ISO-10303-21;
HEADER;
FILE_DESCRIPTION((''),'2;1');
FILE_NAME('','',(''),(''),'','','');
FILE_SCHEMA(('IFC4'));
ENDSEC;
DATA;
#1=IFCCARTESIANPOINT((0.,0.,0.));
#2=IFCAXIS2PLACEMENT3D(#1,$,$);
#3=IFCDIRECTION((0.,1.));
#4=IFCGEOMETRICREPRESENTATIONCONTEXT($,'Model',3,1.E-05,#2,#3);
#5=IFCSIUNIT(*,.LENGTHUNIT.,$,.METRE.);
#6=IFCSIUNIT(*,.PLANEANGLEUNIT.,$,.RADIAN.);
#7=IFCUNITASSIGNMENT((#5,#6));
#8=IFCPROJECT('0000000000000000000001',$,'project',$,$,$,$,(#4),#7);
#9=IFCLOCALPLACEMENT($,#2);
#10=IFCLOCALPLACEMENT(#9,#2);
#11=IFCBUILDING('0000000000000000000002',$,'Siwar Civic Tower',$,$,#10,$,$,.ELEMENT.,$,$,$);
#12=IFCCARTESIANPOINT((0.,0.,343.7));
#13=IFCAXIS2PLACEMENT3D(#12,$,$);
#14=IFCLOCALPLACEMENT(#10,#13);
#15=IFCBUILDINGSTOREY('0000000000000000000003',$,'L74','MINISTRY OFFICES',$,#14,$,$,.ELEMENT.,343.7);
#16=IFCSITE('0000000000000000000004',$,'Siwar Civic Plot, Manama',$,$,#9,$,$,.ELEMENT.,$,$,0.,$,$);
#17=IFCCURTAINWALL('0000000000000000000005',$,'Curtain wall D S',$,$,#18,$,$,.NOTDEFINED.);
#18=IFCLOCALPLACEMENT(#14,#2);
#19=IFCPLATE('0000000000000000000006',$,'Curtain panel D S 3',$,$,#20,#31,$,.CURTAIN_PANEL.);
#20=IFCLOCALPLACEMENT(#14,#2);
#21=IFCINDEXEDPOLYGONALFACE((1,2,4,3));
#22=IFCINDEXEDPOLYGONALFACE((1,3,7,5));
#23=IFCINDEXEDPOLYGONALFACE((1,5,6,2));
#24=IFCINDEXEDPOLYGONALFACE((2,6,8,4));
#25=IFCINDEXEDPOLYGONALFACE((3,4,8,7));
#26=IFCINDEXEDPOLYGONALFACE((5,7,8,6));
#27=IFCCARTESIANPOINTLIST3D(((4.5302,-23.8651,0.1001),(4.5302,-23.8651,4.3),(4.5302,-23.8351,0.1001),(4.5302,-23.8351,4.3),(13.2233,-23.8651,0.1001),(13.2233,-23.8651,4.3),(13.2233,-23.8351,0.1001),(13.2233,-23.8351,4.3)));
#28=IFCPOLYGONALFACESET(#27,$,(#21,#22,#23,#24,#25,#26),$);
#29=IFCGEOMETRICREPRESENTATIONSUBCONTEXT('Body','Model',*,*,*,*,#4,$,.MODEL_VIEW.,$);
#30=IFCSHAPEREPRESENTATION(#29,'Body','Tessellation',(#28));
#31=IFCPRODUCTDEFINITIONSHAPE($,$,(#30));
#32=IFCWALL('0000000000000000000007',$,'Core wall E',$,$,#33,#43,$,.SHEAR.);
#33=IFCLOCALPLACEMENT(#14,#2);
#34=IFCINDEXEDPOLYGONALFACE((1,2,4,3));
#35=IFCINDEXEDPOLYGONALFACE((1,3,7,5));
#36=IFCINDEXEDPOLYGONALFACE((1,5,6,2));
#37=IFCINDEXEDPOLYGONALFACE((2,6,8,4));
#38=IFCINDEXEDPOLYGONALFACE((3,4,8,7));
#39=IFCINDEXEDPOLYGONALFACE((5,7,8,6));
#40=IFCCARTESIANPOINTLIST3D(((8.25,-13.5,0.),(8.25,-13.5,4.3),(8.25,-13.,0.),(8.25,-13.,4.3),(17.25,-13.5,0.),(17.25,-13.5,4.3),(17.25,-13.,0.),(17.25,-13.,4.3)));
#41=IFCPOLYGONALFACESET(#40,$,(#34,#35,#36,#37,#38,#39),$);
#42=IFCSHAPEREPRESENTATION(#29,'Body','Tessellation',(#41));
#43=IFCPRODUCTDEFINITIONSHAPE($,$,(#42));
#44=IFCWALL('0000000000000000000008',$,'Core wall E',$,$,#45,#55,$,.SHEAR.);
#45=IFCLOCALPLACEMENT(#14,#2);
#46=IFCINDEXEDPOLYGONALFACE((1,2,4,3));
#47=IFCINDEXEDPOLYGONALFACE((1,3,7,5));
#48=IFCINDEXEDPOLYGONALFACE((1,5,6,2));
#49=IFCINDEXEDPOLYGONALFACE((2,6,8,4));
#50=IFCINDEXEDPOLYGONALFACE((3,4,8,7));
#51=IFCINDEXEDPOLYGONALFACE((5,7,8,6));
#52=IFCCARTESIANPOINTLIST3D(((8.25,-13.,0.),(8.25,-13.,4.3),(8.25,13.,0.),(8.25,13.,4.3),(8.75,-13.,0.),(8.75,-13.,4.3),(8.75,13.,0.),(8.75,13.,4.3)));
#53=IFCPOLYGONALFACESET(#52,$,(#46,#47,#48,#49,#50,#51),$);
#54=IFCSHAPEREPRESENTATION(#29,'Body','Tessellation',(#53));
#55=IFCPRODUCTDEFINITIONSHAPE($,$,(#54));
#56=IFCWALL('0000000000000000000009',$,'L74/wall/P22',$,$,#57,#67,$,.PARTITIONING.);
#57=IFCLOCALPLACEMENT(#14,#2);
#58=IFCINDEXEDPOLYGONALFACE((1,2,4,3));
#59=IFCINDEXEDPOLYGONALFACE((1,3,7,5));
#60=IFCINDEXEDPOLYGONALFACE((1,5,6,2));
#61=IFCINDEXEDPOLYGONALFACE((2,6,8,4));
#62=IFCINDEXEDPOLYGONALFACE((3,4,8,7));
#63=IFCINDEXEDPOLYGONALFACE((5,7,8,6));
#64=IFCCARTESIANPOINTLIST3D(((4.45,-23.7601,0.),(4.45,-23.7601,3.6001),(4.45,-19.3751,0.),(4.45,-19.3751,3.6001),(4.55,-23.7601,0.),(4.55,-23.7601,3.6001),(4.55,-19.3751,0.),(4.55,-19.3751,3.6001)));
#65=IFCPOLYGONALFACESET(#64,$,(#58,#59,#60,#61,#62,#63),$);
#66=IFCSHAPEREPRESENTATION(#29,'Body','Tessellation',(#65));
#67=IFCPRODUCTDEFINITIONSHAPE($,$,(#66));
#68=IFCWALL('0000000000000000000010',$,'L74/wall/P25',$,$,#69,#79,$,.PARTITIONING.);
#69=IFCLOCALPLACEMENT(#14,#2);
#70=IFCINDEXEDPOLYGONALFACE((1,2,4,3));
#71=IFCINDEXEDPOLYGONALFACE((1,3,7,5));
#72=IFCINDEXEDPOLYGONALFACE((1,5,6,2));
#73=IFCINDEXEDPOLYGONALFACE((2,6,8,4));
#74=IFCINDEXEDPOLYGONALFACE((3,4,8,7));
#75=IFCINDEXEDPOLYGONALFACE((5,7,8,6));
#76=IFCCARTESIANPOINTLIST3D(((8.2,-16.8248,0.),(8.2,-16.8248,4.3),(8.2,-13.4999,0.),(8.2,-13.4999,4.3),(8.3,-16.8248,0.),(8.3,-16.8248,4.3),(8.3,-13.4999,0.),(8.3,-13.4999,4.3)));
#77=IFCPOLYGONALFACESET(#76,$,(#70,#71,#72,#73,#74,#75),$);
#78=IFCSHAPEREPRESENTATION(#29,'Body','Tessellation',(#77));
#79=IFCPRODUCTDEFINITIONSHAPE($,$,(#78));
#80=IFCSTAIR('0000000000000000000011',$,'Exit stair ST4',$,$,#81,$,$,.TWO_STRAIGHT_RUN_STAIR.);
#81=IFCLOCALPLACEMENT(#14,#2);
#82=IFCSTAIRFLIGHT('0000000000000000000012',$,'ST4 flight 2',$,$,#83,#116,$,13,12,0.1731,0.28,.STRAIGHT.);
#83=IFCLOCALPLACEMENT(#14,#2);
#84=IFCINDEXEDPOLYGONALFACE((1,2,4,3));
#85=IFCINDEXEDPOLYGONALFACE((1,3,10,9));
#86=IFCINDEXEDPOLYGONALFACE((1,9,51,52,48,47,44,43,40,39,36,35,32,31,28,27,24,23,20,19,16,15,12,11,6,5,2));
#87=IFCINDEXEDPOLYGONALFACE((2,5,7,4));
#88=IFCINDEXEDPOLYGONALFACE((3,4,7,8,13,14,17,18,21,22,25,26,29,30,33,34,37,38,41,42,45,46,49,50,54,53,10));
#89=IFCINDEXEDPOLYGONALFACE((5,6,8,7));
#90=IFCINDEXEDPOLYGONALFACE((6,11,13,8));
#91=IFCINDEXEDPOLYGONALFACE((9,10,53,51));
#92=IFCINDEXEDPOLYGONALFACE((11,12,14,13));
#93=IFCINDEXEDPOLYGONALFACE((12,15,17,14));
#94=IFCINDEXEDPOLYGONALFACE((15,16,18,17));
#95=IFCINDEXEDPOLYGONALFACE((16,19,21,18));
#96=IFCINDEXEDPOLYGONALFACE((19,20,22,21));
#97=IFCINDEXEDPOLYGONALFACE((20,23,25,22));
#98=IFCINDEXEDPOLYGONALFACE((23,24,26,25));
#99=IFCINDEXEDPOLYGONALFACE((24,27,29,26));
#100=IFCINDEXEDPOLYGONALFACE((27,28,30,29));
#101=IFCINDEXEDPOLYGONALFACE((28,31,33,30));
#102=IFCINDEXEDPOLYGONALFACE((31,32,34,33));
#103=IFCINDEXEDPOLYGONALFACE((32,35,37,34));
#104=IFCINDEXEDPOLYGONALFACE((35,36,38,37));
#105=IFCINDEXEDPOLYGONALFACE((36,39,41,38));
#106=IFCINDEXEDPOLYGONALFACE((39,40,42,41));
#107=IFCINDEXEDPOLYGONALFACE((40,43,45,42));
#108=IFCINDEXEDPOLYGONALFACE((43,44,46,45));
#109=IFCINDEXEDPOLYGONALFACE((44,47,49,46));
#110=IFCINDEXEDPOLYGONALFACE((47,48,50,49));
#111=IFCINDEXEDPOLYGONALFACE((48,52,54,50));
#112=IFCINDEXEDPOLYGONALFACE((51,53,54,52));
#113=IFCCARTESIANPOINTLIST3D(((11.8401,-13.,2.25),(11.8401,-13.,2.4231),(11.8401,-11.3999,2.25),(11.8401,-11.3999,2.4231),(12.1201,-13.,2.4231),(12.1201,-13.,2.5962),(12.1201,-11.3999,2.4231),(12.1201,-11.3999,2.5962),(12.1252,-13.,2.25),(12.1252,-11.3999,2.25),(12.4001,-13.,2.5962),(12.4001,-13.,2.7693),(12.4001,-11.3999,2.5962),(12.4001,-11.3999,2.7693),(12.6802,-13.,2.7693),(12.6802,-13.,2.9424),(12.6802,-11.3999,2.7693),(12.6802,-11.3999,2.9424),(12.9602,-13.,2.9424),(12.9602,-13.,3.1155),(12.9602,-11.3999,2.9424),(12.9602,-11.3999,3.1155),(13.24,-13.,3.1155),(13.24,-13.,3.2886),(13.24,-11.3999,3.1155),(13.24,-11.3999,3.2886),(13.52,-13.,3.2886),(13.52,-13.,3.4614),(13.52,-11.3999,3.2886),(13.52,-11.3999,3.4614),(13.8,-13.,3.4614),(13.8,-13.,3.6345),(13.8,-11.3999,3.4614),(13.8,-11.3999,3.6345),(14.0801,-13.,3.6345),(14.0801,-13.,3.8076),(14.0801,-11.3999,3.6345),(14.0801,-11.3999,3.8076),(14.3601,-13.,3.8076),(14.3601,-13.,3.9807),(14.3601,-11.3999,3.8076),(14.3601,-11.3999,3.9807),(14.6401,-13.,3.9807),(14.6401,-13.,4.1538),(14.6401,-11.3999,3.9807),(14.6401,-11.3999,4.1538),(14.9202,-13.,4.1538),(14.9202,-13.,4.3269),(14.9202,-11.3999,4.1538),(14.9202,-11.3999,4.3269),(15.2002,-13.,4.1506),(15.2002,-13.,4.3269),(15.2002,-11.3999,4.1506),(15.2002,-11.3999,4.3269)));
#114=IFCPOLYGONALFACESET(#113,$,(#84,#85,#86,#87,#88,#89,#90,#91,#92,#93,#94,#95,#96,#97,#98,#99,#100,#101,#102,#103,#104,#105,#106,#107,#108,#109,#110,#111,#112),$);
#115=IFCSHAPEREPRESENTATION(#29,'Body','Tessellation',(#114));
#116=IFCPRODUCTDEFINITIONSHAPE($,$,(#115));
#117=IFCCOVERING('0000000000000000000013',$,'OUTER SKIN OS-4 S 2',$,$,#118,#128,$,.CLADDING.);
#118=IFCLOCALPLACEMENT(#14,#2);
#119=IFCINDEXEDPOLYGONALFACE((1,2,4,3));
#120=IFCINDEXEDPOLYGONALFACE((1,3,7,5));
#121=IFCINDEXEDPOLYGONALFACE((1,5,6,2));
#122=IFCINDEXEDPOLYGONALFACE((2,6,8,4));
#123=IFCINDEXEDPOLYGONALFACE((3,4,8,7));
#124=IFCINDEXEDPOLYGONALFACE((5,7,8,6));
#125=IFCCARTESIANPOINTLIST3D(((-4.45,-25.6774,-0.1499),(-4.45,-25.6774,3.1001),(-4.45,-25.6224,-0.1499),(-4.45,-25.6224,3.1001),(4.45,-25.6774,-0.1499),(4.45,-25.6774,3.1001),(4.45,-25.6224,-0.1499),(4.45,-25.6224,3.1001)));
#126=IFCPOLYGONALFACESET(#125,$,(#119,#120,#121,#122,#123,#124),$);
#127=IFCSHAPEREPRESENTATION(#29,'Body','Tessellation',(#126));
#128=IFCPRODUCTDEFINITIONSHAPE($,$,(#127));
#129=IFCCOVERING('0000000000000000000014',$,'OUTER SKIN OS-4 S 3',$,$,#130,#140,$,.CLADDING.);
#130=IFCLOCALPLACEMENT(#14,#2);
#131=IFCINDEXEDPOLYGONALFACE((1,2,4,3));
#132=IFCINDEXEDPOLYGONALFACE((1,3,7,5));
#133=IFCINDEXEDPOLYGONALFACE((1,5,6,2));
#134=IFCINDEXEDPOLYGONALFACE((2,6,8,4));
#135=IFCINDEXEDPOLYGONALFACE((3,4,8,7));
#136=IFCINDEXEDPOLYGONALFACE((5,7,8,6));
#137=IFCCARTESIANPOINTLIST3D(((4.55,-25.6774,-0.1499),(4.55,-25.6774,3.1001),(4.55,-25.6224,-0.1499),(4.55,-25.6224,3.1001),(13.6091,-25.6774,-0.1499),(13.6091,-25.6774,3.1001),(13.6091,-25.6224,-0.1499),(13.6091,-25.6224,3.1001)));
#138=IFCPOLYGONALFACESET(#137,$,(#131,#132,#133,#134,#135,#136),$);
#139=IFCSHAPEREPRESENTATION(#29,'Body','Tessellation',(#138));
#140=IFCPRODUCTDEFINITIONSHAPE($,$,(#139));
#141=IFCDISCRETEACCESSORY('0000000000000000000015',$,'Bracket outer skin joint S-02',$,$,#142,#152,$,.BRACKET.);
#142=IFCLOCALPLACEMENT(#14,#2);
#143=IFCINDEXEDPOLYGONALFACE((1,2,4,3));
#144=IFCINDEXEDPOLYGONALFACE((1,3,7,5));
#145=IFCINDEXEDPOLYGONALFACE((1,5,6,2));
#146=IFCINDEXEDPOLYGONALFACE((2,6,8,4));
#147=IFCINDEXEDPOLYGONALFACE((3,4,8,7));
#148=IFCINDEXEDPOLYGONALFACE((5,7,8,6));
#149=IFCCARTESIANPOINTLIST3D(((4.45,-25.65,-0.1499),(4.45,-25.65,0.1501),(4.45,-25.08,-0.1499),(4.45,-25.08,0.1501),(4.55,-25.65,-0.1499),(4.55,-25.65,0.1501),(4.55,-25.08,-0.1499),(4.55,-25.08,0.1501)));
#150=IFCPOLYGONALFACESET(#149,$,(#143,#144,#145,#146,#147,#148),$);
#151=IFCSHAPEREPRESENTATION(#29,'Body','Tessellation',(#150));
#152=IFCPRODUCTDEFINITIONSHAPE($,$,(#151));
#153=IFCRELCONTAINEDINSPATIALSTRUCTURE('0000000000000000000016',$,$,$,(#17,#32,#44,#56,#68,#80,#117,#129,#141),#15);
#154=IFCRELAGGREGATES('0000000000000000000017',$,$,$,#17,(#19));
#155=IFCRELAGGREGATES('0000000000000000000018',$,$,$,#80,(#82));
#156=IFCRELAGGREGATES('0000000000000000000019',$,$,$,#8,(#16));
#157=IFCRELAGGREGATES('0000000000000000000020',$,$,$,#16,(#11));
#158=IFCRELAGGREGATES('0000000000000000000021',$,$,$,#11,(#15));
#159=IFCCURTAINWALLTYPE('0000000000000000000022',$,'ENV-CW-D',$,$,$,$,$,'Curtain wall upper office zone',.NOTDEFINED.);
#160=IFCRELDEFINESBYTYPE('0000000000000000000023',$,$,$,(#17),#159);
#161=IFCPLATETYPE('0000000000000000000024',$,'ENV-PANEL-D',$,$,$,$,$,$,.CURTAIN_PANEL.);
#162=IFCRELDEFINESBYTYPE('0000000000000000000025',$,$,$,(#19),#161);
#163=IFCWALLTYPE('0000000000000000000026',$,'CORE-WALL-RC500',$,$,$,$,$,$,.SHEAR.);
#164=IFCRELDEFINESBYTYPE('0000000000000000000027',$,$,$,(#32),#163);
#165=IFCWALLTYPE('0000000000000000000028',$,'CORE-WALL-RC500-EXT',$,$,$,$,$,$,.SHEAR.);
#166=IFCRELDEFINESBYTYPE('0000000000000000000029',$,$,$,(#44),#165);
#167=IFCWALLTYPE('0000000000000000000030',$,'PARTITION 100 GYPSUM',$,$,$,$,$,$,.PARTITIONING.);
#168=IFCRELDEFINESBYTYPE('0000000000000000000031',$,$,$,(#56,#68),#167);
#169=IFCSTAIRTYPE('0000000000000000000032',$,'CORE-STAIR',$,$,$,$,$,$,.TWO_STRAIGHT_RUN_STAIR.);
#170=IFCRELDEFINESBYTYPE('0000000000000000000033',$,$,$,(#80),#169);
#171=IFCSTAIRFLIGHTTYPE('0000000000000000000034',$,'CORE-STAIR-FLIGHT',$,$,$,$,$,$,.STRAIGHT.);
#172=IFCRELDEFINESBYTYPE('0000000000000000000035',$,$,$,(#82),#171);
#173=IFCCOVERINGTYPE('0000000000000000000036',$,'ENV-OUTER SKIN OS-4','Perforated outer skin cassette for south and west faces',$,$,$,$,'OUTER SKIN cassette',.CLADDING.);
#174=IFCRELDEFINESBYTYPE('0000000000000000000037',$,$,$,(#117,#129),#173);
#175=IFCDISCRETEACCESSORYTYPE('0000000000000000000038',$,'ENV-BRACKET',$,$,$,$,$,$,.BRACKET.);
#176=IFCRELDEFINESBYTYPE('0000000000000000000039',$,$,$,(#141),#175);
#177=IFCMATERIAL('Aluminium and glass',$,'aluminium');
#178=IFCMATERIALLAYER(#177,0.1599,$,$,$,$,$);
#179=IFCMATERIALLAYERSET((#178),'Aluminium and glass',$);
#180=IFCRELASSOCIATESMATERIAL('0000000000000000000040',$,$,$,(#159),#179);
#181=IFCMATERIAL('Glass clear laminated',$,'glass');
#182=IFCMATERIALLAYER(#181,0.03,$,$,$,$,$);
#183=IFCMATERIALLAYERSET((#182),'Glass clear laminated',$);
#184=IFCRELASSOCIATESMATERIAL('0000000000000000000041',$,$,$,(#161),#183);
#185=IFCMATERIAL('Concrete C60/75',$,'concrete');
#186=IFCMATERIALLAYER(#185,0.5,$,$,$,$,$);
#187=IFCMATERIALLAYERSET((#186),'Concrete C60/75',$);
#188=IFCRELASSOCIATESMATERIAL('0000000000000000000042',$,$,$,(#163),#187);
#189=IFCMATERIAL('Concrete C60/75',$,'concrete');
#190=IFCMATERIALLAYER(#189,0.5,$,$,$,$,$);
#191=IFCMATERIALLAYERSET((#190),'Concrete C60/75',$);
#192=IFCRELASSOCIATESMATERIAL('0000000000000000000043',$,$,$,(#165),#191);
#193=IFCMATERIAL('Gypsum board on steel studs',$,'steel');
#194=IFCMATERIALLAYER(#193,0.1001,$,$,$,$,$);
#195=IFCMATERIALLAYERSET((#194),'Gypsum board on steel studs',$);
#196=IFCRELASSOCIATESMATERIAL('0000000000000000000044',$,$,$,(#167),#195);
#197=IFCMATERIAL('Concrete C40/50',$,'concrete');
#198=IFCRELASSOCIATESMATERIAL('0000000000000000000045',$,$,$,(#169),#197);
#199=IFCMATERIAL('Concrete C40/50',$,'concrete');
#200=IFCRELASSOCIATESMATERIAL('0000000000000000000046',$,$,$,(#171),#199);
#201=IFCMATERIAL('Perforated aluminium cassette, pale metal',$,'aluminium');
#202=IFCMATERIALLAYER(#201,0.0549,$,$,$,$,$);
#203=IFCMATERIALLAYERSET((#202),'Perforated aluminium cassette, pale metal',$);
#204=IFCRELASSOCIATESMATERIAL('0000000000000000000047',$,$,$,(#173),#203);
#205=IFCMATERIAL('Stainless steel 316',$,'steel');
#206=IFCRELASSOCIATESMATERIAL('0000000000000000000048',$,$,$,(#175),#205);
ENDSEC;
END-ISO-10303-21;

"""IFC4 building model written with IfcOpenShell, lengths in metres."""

from ifc_helpers import new_model, si_unit, direction, frame, frame_2d, origin, origin_2d, place, context, subcontext, project, spatial, polyline, rectangle, outline, extrude, material, layer, layer_set, type_object, element, aggregate, save


model = new_model("IFC4")

# Units and contexts
model_context = context("Model", 3, precision=1e-05, world=origin(), true_north=direction((0.0, 1.0)))
body_context = subcontext(model_context, "Body", "Model", "MODEL_VIEW")
ifc_project = project(units=[si_unit("LENGTHUNIT", "METRE"), si_unit("PLANEANGLEUNIT", "RADIAN")], contexts=[model_context])

# Site, building, storey
site_placement = place(None, origin())
site = spatial("IfcSite", under=ifc_project, at=site_placement, Name="Siwar Civic Plot, Manama", CompositionType="ELEMENT", RefElevation=0.0)
building_placement = place(site_placement, origin())
building = spatial("IfcBuilding", under=site, at=building_placement, Name="Siwar Civic Tower", CompositionType="ELEMENT")
storey_placement = place(building_placement, frame((0.0, 0.0, 343.7)))
storey = spatial("IfcBuildingStorey", under=building, at=storey_placement, Name="L74", Description="MINISTRY OFFICES", CompositionType="ELEMENT", Elevation=343.7)

# Curtain wall
ifc_material_1 = material(Name="Aluminium and glass", Category="aluminium")
ifc_layer_1 = layer(ifc_material_1, 0.1599)
ifc_layer_set_1 = layer_set([ifc_layer_1], Name="Aluminium and glass")
curtain_wall_type_1 = type_object("IfcCurtainWallType", Name="ENV-CW-D", ElementType="Curtain wall upper office zone", PredefinedType="NOTDEFINED", material=ifc_layer_set_1)
curtain_wall_1_placement = place(storey_placement, origin())
curtain_wall_1 = element("IfcCurtainWall", 1, at=curtain_wall_1_placement, inside=storey, type_object=curtain_wall_type_1, Name="Curtain wall D S", PredefinedType="NOTDEFINED")

# Plate
ifc_material_2 = material(Name="Glass clear laminated", Category="glass")
ifc_layer_2 = layer(ifc_material_2, 0.03)
ifc_layer_set_2 = layer_set([ifc_layer_2], Name="Glass clear laminated")
plate_type = type_object("IfcPlateType", Name="ENV-PANEL-D", PredefinedType="CURTAIN_PANEL", material=ifc_layer_set_2)
plate_1_placement = place(storey_placement, frame((8.8767, -23.8501, 0.1001), z_axis=(0.0, 0.0, 1.0), x_axis=(1.0, 0.0, 0.0)))
plate_1 = element("IfcPlate", 2, at=plate_1_placement, type_object=plate_type, Name="Curtain panel D S 3", PredefinedType="CURTAIN_PANEL", context=body_context, shape_type="SweptSolid", body=[
    extrude(rectangle(XDim=8.6931, YDim=0.03, at=origin_2d()), origin(), (0.0, 0.0, 1.0), 4.2),
])
aggregate(curtain_wall_1, [plate_1])

# Walls
ifc_material_3 = material(Name="Concrete C60/75", Category="concrete")
ifc_layer_3 = layer(ifc_material_3, 0.5)
ifc_layer_set_3 = layer_set([ifc_layer_3], Name="Concrete C60/75")
wall_type_1 = type_object("IfcWallType", Name="CORE-WALL-RC500", PredefinedType="SHEAR", material=ifc_layer_set_3)
wall_1_placement = place(storey_placement, frame((8.25, -13.25, 0.0), z_axis=(0.0, 0.0, 1.0), x_axis=(1.0, 0.0, 0.0)))
element("IfcWall", 3, at=wall_1_placement, inside=storey, type_object=wall_type_1, Name="Core wall E", PredefinedType="SHEAR", context=body_context, shape_type="SweptSolid", body=[
    extrude(rectangle(XDim=9.0, YDim=0.5, at=frame_2d((4.5, 0.0))), origin(), (0.0, 0.0, 1.0), 4.3),
])
ifc_material_4 = material(Name="Concrete C60/75", Category="concrete")
ifc_layer_4 = layer(ifc_material_4, 0.5)
ifc_layer_set_4 = layer_set([ifc_layer_4], Name="Concrete C60/75")
wall_type_2 = type_object("IfcWallType", Name="CORE-WALL-RC500-EXT", PredefinedType="SHEAR", material=ifc_layer_set_4)
wall_2_placement = place(storey_placement, frame((8.5, -13.0, 0.0), z_axis=(0.0, 0.0, 1.0), x_axis=(0.0, 1.0, 0.0)))
element("IfcWall", 4, at=wall_2_placement, inside=storey, type_object=wall_type_2, Name="Core wall E", PredefinedType="SHEAR", context=body_context, shape_type="SweptSolid", body=[
    extrude(rectangle(XDim=26.0, YDim=0.5, at=frame_2d((13.0, 0.0))), origin(), (0.0, 0.0, 1.0), 4.3),
])
ifc_material_5 = material(Name="Gypsum board on steel studs", Category="steel")
ifc_layer_5 = layer(ifc_material_5, 0.1001)
ifc_layer_set_5 = layer_set([ifc_layer_5], Name="Gypsum board on steel studs")
wall_type_3 = type_object("IfcWallType", Name="PARTITION 100 GYPSUM", PredefinedType="PARTITIONING", material=ifc_layer_set_5)
wall_3_placement = place(storey_placement, frame((4.5, -23.76, 0.0), z_axis=(0.0, 0.0, 1.0), x_axis=(0.0, 1.0, 0.0)))
element("IfcWall", 5, at=wall_3_placement, inside=storey, type_object=wall_type_3, Name="L74/wall/P22", PredefinedType="PARTITIONING", context=body_context, shape_type="SweptSolid", body=[
    extrude(rectangle(XDim=4.385, YDim=0.1001, at=frame_2d((2.1924, 0.0))), origin(), (0.0, 0.0, 1.0), 3.6001),
])
wall_4_placement = place(storey_placement, frame((8.25, -16.825, 0.0), z_axis=(0.0, 0.0, 1.0), x_axis=(0.0, 1.0, 0.0)))
element("IfcWall", 6, at=wall_4_placement, inside=storey, type_object=wall_type_3, Name="L74/wall/P25", PredefinedType="PARTITIONING", context=body_context, shape_type="SweptSolid", body=[
    extrude(rectangle(XDim=3.325, YDim=0.1001, at=frame_2d((1.6626, 0.0))), origin(), (0.0, 0.0, 1.0), 4.3),
])

# Stair, stair flight
ifc_material_6 = material(Name="Concrete C40/50", Category="concrete")
stair_type = type_object("IfcStairType", Name="CORE-STAIR", PredefinedType="TWO_STRAIGHT_RUN_STAIR", material=ifc_material_6)
stair_placement = place(storey_placement, origin())
stair = element("IfcStair", 7, at=stair_placement, inside=storey, type_object=stair_type, Name="Exit stair ST4", PredefinedType="TWO_STRAIGHT_RUN_STAIR")
ifc_material_7 = material(Name="Concrete C40/50", Category="concrete")
stair_flight_type = type_object("IfcStairFlightType", Name="CORE-STAIR-FLIGHT", PredefinedType="STRAIGHT", material=ifc_material_7)
stair_flight_placement = place(storey_placement, frame((11.8401, -12.2, 2.25), z_axis=(0.0, 0.0, 1.0), x_axis=(1.0, 0.0, 0.0)))
stair_flight = element("IfcStairFlight", 8, at=stair_flight_placement, type_object=stair_flight_type, Name="ST4 flight 2", NumberOfRisers=13, NumberOfTreads=12, PredefinedType="STRAIGHT", RiserHeight=0.1731, TreadLength=0.28, context=body_context, shape_type="SweptSolid", body=[
    extrude(outline(polyline([(0.0, 0.0), (0.0, 0.1731), (0.28, 0.1731), (0.28, 0.3462), (0.5601, 0.3462), (0.5601, 0.5193), (0.8401, 0.5193), (0.8401, 0.6924), (1.1201, 0.6924), (1.1201, 0.8655), (1.3999, 0.8655), (1.3999, 1.0386), (1.6799, 1.0386), (1.6799, 1.2114), (1.96, 1.2114), (1.96, 1.3845), (2.24, 1.3845), (2.24, 1.5576), (2.52, 1.5576), (2.52, 1.7307), (2.8, 1.7307), (2.8, 1.9038), (3.0801, 1.9038), (3.0801, 2.0769), (3.3601, 2.0769), (3.3601, 2.25), (3.3601, 1.9006), (0.2852, 0.0), (0.0, 0.0)])), frame((0.0, 0.8, 0.0), z_axis=(0.0, -1.0, 0.0), x_axis=(1.0, 0.0, 0.0)), (0.0, 0.0, 1.0), 1.6001),
])
aggregate(stair, [stair_flight])

# Coverings
ifc_material_8 = material(Name="Perforated aluminium cassette, pale metal", Category="aluminium")
ifc_layer_6 = layer(ifc_material_8, 0.0549)
ifc_layer_set_6 = layer_set([ifc_layer_6], Name="Perforated aluminium cassette, pale metal")
covering_type = type_object("IfcCoveringType", Name="ENV-OUTER SKIN OS-4", Description="Perforated outer skin cassette for south and west faces", ElementType="OUTER SKIN cassette", PredefinedType="CLADDING", material=ifc_layer_set_6)
covering_1_placement = place(storey_placement, frame((0.0, -25.6499, -0.1499), z_axis=(0.0, 0.0, 1.0), x_axis=(1.0, 0.0, 0.0)))
element("IfcCovering", 9, at=covering_1_placement, inside=storey, type_object=covering_type, Name="OUTER SKIN OS-4 S 2", PredefinedType="CLADDING", context=body_context, shape_type="SweptSolid", body=[
    extrude(rectangle(XDim=8.8999, YDim=0.0549, at=origin_2d()), origin(), (0.0, 0.0, 1.0), 3.25),
])
covering_2_placement = place(storey_placement, frame((9.0796, -25.6499, -0.1499), z_axis=(0.0, 0.0, 1.0), x_axis=(1.0, 0.0, 0.0)))
element("IfcCovering", 10, at=covering_2_placement, inside=storey, type_object=covering_type, Name="OUTER SKIN OS-4 S 3", PredefinedType="CLADDING", context=body_context, shape_type="SweptSolid", body=[
    extrude(rectangle(XDim=9.0591, YDim=0.0549, at=origin_2d()), origin(), (0.0, 0.0, 1.0), 3.25),
])

# Discrete accessory
ifc_material_9 = material(Name="Stainless steel 316", Category="steel")
discrete_accessory_type = type_object("IfcDiscreteAccessoryType", Name="ENV-BRACKET", PredefinedType="BRACKET", material=ifc_material_9)
discrete_accessory_placement = place(storey_placement, frame((4.5, -25.365, -0.1499), z_axis=(0.0, 0.0, 1.0), x_axis=(0.0, -1.0, 0.0)))
element("IfcDiscreteAccessory", 11, at=discrete_accessory_placement, inside=storey, type_object=discrete_accessory_type, Name="Bracket outer skin joint S-02", PredefinedType="BRACKET", context=body_context, shape_type="SweptSolid", body=[
    extrude(rectangle(XDim=0.5701, YDim=0.1001, at=origin_2d()), origin(), (0.0, 0.0, 1.0), 0.3),
])

save(model, "model.ifc")
